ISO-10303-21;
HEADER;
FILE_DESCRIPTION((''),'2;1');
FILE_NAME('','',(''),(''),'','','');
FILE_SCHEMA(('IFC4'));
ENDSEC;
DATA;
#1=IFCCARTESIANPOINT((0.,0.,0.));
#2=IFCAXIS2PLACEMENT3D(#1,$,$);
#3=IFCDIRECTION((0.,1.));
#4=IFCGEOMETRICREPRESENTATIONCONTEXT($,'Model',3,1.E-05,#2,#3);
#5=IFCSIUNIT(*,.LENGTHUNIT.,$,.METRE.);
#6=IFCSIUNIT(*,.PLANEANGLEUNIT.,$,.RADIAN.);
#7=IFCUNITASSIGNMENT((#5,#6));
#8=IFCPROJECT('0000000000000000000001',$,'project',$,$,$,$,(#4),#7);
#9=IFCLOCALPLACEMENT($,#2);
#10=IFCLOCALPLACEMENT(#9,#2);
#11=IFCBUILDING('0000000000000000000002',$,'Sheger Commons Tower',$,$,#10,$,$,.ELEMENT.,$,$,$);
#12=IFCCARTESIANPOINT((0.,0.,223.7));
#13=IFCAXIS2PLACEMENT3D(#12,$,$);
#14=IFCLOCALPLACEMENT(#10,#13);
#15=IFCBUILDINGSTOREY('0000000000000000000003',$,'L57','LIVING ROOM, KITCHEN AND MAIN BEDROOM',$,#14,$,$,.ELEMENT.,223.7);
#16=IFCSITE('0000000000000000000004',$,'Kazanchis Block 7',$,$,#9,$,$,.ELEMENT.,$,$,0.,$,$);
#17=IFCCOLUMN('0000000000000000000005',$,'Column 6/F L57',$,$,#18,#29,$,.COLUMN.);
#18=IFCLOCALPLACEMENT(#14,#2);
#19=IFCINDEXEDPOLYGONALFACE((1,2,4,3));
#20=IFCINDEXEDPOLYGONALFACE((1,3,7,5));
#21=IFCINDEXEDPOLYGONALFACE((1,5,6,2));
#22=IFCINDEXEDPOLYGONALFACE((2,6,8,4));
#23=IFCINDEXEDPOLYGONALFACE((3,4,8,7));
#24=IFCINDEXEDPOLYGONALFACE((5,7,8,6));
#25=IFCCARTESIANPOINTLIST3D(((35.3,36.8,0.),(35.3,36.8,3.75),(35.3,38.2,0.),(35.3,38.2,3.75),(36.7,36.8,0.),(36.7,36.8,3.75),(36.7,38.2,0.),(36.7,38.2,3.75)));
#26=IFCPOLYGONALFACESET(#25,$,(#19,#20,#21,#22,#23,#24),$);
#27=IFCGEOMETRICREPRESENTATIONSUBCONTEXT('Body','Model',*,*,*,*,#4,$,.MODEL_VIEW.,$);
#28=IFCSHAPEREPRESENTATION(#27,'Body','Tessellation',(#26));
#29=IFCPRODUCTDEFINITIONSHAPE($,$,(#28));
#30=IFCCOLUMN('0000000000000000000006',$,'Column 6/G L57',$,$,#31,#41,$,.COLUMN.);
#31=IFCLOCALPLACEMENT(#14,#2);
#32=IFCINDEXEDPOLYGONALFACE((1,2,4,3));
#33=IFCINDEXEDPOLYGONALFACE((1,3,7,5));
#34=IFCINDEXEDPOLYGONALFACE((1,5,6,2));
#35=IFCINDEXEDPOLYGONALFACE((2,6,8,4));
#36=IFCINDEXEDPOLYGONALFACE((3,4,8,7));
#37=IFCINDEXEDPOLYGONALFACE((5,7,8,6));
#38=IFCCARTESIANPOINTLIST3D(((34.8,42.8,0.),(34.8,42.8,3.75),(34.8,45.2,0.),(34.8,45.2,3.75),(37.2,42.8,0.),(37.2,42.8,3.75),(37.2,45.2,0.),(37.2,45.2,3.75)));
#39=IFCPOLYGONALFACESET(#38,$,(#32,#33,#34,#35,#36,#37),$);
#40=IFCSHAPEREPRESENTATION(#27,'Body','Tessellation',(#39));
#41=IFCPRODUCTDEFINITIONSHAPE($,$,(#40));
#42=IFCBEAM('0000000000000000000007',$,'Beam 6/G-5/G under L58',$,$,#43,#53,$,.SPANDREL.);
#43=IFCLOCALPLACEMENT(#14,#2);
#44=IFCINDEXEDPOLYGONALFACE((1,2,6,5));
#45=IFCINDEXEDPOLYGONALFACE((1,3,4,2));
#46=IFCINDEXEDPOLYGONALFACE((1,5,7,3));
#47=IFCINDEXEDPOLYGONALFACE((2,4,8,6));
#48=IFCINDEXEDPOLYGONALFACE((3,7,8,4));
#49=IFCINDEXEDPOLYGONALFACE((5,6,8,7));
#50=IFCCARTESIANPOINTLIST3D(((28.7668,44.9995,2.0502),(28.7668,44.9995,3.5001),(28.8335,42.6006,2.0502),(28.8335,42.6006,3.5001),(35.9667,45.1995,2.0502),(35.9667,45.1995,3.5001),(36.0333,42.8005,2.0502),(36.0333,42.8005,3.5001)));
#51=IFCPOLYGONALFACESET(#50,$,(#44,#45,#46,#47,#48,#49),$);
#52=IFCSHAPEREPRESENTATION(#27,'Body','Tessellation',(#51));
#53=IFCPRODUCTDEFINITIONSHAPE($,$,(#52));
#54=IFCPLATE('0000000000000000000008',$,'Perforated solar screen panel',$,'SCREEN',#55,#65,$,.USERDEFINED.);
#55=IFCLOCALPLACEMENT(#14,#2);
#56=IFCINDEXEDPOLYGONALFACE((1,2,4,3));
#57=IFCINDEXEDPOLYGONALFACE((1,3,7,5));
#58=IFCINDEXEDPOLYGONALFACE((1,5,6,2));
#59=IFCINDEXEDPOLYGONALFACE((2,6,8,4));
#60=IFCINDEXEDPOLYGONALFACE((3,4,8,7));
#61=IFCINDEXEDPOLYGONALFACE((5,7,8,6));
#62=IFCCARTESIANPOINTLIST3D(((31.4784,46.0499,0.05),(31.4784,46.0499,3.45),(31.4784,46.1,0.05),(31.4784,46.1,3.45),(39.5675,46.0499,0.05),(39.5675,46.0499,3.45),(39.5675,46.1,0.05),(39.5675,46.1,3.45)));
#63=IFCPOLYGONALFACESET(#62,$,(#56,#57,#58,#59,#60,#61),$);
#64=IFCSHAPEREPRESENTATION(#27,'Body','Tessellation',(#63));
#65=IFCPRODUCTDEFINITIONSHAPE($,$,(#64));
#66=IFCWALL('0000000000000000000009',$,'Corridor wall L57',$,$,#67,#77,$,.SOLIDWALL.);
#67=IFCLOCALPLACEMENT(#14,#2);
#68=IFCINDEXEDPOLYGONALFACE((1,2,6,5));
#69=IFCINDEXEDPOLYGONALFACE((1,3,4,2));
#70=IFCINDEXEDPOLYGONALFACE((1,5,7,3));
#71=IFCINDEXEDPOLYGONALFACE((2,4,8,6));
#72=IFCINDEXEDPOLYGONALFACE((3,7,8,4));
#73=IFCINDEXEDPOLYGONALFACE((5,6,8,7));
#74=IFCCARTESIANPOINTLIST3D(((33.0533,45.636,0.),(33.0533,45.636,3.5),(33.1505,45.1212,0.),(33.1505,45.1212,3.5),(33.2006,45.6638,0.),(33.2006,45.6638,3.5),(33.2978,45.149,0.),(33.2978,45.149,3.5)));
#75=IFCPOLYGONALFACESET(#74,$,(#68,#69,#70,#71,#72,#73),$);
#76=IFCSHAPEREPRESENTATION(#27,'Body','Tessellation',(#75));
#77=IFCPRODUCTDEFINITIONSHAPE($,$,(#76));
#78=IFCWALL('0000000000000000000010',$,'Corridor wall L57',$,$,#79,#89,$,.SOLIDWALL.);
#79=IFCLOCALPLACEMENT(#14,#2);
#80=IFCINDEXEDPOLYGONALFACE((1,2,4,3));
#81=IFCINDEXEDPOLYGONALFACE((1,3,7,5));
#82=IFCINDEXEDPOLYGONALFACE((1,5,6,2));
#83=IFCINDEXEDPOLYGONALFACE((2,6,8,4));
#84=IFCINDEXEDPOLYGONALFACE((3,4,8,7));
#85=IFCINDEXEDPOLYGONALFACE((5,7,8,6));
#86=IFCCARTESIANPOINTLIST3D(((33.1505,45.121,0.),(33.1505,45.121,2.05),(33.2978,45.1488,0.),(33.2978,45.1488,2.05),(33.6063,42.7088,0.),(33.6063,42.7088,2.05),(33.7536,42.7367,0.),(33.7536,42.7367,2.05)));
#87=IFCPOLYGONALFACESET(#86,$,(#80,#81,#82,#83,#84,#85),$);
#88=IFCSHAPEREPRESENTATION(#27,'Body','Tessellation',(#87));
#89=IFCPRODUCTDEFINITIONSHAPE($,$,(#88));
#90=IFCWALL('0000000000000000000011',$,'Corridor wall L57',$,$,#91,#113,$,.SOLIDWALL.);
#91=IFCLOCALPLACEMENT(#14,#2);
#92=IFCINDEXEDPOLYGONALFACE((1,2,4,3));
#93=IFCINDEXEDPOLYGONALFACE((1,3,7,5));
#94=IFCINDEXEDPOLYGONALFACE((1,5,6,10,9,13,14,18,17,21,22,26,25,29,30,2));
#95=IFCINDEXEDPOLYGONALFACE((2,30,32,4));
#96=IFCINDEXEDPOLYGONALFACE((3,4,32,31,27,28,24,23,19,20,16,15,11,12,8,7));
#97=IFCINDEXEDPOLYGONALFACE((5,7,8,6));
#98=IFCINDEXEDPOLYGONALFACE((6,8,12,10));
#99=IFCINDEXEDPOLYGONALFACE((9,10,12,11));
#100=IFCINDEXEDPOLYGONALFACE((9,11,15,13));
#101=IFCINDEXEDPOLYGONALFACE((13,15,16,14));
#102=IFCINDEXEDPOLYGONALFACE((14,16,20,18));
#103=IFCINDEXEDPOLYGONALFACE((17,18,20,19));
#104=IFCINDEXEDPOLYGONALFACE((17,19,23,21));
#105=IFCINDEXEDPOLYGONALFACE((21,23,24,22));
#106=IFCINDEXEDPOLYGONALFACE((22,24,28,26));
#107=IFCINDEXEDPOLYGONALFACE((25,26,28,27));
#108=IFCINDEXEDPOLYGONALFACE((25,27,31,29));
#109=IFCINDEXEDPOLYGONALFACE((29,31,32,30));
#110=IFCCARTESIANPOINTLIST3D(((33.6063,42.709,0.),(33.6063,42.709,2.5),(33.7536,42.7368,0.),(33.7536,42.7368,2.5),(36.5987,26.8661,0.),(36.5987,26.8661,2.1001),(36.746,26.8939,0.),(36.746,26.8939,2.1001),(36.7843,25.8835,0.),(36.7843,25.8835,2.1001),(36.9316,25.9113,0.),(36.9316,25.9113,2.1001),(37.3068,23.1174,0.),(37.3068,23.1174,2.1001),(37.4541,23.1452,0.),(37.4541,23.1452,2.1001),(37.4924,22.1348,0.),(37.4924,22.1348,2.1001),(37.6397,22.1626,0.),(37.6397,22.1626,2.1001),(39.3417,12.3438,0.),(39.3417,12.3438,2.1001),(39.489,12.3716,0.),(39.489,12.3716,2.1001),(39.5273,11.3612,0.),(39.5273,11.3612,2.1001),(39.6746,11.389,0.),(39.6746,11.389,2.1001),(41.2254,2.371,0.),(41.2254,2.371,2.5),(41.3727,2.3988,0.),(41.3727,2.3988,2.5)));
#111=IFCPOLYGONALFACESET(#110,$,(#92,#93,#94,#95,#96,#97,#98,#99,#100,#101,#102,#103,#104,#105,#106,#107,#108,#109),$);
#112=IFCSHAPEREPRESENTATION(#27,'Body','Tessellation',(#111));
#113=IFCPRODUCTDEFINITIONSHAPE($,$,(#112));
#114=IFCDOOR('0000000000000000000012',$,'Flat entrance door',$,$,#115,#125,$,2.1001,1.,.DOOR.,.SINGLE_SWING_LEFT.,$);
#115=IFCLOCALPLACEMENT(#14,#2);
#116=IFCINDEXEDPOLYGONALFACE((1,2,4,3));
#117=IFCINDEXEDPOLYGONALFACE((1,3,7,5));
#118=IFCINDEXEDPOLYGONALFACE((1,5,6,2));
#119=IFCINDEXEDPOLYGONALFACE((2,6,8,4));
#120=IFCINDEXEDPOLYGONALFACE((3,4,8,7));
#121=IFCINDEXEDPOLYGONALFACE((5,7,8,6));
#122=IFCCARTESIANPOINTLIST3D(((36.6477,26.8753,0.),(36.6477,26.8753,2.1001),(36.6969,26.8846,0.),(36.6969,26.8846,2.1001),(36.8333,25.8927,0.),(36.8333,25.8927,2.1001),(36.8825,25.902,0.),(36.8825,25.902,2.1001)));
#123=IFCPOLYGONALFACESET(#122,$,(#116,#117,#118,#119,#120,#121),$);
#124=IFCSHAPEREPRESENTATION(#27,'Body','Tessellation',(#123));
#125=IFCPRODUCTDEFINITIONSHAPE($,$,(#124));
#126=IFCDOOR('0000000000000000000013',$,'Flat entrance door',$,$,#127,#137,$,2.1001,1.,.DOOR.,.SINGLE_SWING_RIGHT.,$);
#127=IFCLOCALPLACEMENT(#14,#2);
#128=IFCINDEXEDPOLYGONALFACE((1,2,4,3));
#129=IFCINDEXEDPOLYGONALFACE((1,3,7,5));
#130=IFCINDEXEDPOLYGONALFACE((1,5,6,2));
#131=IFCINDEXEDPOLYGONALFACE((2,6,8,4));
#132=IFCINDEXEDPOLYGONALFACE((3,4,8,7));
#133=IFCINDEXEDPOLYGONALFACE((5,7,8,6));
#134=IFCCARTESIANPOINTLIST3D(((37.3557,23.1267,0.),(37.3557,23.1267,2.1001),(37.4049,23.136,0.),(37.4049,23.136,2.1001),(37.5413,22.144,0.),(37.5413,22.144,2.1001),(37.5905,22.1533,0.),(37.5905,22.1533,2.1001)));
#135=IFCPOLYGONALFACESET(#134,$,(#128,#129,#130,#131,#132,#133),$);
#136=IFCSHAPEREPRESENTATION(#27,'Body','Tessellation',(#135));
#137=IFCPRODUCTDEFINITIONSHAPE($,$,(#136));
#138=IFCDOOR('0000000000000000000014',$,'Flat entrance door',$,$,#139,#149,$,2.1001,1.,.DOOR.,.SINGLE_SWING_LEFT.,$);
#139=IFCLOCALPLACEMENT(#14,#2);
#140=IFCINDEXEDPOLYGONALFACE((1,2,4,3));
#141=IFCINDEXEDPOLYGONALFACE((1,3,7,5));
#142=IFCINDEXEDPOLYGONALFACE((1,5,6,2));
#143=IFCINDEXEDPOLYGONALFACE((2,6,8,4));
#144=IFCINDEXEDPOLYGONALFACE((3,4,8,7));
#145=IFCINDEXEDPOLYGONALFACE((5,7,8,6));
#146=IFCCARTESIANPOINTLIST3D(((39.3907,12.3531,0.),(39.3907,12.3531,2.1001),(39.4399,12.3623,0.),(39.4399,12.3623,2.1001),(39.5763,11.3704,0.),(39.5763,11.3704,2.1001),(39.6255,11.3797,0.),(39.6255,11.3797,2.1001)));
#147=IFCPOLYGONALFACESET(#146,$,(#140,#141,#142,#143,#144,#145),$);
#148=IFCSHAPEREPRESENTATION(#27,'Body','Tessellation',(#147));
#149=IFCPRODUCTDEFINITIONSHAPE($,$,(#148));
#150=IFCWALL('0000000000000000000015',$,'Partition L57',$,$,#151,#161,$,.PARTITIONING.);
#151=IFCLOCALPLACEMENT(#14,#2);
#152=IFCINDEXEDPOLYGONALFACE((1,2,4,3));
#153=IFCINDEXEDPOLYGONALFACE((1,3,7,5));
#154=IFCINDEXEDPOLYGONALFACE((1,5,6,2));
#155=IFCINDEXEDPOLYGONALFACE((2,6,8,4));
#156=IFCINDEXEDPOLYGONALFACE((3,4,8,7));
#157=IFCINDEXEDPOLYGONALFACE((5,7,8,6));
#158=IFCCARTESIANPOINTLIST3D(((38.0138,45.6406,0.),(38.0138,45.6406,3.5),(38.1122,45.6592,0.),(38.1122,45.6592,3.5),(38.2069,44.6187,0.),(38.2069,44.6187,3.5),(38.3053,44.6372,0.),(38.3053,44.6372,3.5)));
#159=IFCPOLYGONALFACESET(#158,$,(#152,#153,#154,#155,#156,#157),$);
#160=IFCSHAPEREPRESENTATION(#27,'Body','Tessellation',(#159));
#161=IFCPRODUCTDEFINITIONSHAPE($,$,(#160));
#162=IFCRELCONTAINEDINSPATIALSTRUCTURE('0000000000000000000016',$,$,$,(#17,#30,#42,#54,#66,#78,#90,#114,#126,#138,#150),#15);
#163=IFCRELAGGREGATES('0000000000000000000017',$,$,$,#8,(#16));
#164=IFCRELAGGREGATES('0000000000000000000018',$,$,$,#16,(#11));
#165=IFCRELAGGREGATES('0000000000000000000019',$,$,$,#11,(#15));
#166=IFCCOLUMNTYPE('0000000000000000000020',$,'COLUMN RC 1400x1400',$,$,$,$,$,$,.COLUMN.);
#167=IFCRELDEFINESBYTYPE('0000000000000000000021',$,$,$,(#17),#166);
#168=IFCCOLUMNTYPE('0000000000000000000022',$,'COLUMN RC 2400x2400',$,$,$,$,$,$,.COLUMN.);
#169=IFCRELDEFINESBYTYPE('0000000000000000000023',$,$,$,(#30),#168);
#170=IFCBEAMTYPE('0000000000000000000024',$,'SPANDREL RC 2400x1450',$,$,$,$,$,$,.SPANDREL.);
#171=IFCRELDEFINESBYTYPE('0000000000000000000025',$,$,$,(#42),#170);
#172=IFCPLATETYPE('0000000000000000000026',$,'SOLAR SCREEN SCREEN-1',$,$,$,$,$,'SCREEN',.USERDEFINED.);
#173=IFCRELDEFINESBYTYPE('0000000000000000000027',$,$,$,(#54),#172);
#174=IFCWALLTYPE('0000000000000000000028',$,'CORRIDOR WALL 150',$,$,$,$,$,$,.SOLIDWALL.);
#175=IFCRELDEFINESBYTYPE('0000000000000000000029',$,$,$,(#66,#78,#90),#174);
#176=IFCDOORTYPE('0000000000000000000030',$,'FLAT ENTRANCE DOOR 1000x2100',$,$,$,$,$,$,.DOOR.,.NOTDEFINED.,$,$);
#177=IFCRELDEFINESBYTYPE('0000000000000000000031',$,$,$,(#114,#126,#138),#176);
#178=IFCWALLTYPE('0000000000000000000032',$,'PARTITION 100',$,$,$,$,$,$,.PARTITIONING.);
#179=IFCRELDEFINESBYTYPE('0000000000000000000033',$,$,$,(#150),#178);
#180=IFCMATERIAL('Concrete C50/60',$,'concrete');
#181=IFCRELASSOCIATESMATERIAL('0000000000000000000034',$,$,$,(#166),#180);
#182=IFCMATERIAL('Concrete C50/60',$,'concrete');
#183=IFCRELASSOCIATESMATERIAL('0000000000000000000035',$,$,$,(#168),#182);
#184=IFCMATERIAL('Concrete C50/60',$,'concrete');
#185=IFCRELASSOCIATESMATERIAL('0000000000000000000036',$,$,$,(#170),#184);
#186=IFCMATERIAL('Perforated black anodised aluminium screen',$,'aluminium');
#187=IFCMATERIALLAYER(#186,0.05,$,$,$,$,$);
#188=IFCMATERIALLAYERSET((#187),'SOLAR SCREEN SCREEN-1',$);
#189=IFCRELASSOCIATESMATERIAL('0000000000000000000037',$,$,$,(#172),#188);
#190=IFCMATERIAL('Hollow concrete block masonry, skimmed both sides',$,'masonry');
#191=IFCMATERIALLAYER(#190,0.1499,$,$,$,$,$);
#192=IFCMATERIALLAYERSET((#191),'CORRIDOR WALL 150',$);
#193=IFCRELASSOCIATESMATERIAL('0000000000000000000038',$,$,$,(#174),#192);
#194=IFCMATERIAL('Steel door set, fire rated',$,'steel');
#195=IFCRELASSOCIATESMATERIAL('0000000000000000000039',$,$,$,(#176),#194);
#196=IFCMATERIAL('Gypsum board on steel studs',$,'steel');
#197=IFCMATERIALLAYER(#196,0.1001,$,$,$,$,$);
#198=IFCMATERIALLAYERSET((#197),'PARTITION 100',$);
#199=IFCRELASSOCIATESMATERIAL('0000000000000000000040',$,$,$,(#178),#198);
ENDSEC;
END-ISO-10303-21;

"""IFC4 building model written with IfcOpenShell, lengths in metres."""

from ifc_helpers import new_model, si_unit, direction, frame, frame_2d, origin, origin_2d, place, context, subcontext, project, spatial, rectangle, extrude, material, layer, layer_set, material_profile, profile_set, type_object, element, fill, save


model = new_model("IFC4")

# Units and contexts
model_context = context("Model", 3, precision=1e-05, world=origin(), true_north=direction((0.0, 1.0)))
body_context = subcontext(model_context, "Body", "Model", "MODEL_VIEW")
ifc_project = project(units=[si_unit("LENGTHUNIT", "METRE"), si_unit("PLANEANGLEUNIT", "RADIAN")], contexts=[model_context])

# Site, building, storey
site_placement = place(None, origin())
site = spatial("IfcSite", under=ifc_project, at=site_placement, Name="Kazanchis Block 7", CompositionType="ELEMENT", RefElevation=0.0)
building_placement = place(site_placement, origin())
building = spatial("IfcBuilding", under=site, at=building_placement, Name="Sheger Commons Tower", CompositionType="ELEMENT")
storey_placement = place(building_placement, frame((0.0, 0.0, 223.7)))
storey = spatial("IfcBuildingStorey", under=building, at=storey_placement, Name="L57", Description="LIVING ROOM, KITCHEN AND MAIN BEDROOM", CompositionType="ELEMENT", Elevation=223.7)

# Columns
ifc_material_1 = material(Name="Concrete C50/60", Category="concrete")
ifc_material_profile_1 = material_profile(ifc_material_1, rectangle(XDim=1.3999, YDim=1.3999, at=origin_2d()), Name="RC 1400x1400")
ifc_profile_set_1 = profile_set([ifc_material_profile_1], Name="Concrete C50/60")
column_type_1 = type_object("IfcColumnType", Name="COLUMN RC 1400x1400", PredefinedType="COLUMN", material=ifc_profile_set_1)
column_1_placement = place(storey_placement, frame((36.0, 37.5, 0.0), z_axis=(0.0, 0.0, 1.0), x_axis=(1.0, 0.0, 0.0)))
element("IfcColumn", 1, at=column_1_placement, inside=storey, type_object=column_type_1, Name="Column 6/F L57", PredefinedType="COLUMN", context=body_context, shape_type="SweptSolid", body=[
    extrude(rectangle(XDim=1.3999, YDim=1.3999, at=origin_2d()), origin(), (0.0, 0.0, 1.0), 3.75),
])
ifc_material_2 = material(Name="Concrete C50/60", Category="concrete")
ifc_material_profile_2 = material_profile(ifc_material_2, rectangle(XDim=2.3999, YDim=2.3999, at=origin_2d()), Name="RC 2400x2400")
ifc_profile_set_2 = profile_set([ifc_material_profile_2], Name="Concrete C50/60")
column_type_2 = type_object("IfcColumnType", Name="COLUMN RC 2400x2400", PredefinedType="COLUMN", material=ifc_profile_set_2)
column_2_placement = place(storey_placement, frame((36.0, 44.0, 0.0), z_axis=(0.0, 0.0, 1.0), x_axis=(1.0, 0.0, 0.0)))
element("IfcColumn", 2, at=column_2_placement, inside=storey, type_object=column_type_2, Name="Column 6/G L57", PredefinedType="COLUMN", context=body_context, shape_type="SweptSolid", body=[
    extrude(rectangle(XDim=2.3999, YDim=2.3999, at=origin_2d()), origin(), (0.0, 0.0, 1.0), 3.75),
])

# Beam
ifc_material_3 = material(Name="Concrete C50/60", Category="concrete")
ifc_material_profile_3 = material_profile(ifc_material_3, rectangle(XDim=2.3999, YDim=1.45, at=origin_2d()), Name="RC 2400x1450")
ifc_profile_set_3 = profile_set([ifc_material_profile_3], Name="Concrete C50/60")
beam_type = type_object("IfcBeamType", Name="SPANDREL RC 2400x1450", PredefinedType="SPANDREL", material=ifc_profile_set_3)
beam_placement = place(storey_placement, frame((36.0, 44.0, 2.7751), z_axis=(-0.999615, -0.02776, 0.0), x_axis=(0.02776, -0.999615, 0.0)))
element("IfcBeam", 3, at=beam_placement, inside=storey, type_object=beam_type, Name="Beam 6/G-5/G under L58", PredefinedType="SPANDREL", context=body_context, shape_type="SweptSolid", body=[
    extrude(rectangle(XDim=2.3999, YDim=1.45, at=origin_2d()), origin(), (0.0, 0.0, 1.0), 7.2026),
])

# Plate
ifc_material_4 = material(Name="Perforated black anodised aluminium screen", Category="aluminium")
ifc_layer_1 = layer(ifc_material_4, 0.05)
ifc_layer_set_1 = layer_set([ifc_layer_1], Name="SOLAR SCREEN SCREEN-1")
plate_type = type_object("IfcPlateType", Name="SOLAR SCREEN SCREEN-1", ElementType="SCREEN", PredefinedType="USERDEFINED", material=ifc_layer_set_1)
plate_placement = place(storey_placement, frame((35.5229, 46.075, 0.05), z_axis=(0.0, 0.0, 1.0), x_axis=(-1.0, 0.0, 0.0)))
element("IfcPlate", 4, at=plate_placement, inside=storey, type_object=plate_type, Name="Perforated solar screen panel", ObjectType="SCREEN", PredefinedType="USERDEFINED", context=body_context, shape_type="SweptSolid", body=[
    extrude(rectangle(XDim=8.0891, YDim=0.05, at=origin_2d()), origin(), (0.0, 0.0, 1.0), 3.3999),
])

# Walls
ifc_material_5 = material(Name="Hollow concrete block masonry, skimmed both sides", Category="masonry")
ifc_layer_2 = layer(ifc_material_5, 0.1499)
ifc_layer_set_2 = layer_set([ifc_layer_2], Name="CORRIDOR WALL 150")
wall_type_1 = type_object("IfcWallType", Name="CORRIDOR WALL 150", PredefinedType="SOLIDWALL", material=ifc_layer_set_2)
wall_1_placement = place(storey_placement, frame((33.127, 45.6499, 0.0), z_axis=(0.0, 0.0, 1.0), x_axis=(0.185442, -0.982655, 0.0)))
element("IfcWall", 5, at=wall_1_placement, inside=storey, type_object=wall_type_1, Name="Corridor wall L57", PredefinedType="SOLIDWALL", context=body_context, shape_type="SweptSolid", body=[
    extrude(rectangle(XDim=0.5239, YDim=0.1499, at=frame_2d((0.262, 0.0))), origin(), (0.0, 0.0, 1.0), 3.5),
])
wall_2_placement = place(storey_placement, frame((33.2241, 45.135, 0.0), z_axis=(0.0, 0.0, 1.0), x_axis=(0.185681, -0.98261, 0.0)))
element("IfcWall", 6, at=wall_2_placement, inside=storey, type_object=wall_type_1, Name="Corridor wall L57", PredefinedType="SOLIDWALL", context=body_context, shape_type="SweptSolid", body=[
    extrude(rectangle(XDim=2.4548, YDim=0.1499, at=frame_2d((1.2275, 0.0))), origin(), (0.0, 0.0, 1.0), 2.05),
])

# Wall, openings, doors
wall_3_placement = place(storey_placement, frame((33.6799, 42.7229, 0.0), z_axis=(0.0, 0.0, 1.0), x_axis=(0.185601, -0.982625, 0.0)))
wall_3 = element("IfcWall", 7, at=wall_3_placement, inside=storey, type_object=wall_type_1, Name="Corridor wall L57", PredefinedType="SOLIDWALL", context=body_context, shape_type="SweptSolid", body=[
    extrude(rectangle(XDim=41.0513, YDim=0.1499, at=frame_2d((20.5256, 0.0))), origin(), (0.0, 0.0, 1.0), 2.5),
])
opening_1_placement = place(wall_3_placement, frame((16.123, 0.0, 0.0)))
opening_1 = element("IfcOpeningElement", 8, at=opening_1_placement, cuts=wall_3, PredefinedType="OPENING", context=body_context, shape_type="SweptSolid", body=[
    extrude(rectangle(XDim=1.0, YDim=2.1001, at=frame_2d((0.5, 1.05))), frame((0.0, 0.085, 0.0), z_axis=(0.0, -1.0, 0.0), x_axis=(1.0, 0.0, 0.0)), (0.0, 0.0, 1.0), 0.1699),
])
opening_2_placement = place(wall_3_placement, frame((19.938, 0.0, 0.0)))
opening_2 = element("IfcOpeningElement", 9, at=opening_2_placement, cuts=wall_3, PredefinedType="OPENING", context=body_context, shape_type="SweptSolid", body=[
    extrude(rectangle(XDim=1.0, YDim=2.1001, at=frame_2d((0.5, 1.05))), frame((0.0, 0.085, 0.0), z_axis=(0.0, -1.0, 0.0), x_axis=(1.0, 0.0, 0.0)), (0.0, 0.0, 1.0), 0.1699),
])
opening_3_placement = place(wall_3_placement, frame((30.9021, 0.0, 0.0)))
opening_3 = element("IfcOpeningElement", 10, at=opening_3_placement, cuts=wall_3, PredefinedType="OPENING", context=body_context, shape_type="SweptSolid", body=[
    extrude(rectangle(XDim=1.0, YDim=2.1001, at=frame_2d((0.5, 1.05))), frame((0.0, 0.085, 0.0), z_axis=(0.0, -1.0, 0.0), x_axis=(1.0, 0.0, 0.0)), (0.0, 0.0, 1.0), 0.1699),
])
ifc_material_6 = material(Name="Steel door set, fire rated", Category="steel")
door_type_1 = type_object("IfcDoorType", Name="FLAT ENTRANCE DOOR 1000x2100", OperationType="NOTDEFINED", PredefinedType="DOOR", material=ifc_material_6)
door_1_placement = place(opening_1_placement, origin())
door_1 = element("IfcDoor", 11, at=door_1_placement, inside=storey, type_object=door_type_1, Name="Flat entrance door", OperationType="SINGLE_SWING_LEFT", OverallHeight=2.1001, OverallWidth=1.0, PredefinedType="DOOR", context=body_context, shape_type="SweptSolid", body=[
    extrude(rectangle(XDim=1.0, YDim=2.1001, at=frame_2d((0.5, 1.05))), frame((0.0, 0.0249, 0.0), z_axis=(0.0, -1.0, 0.0), x_axis=(1.0, 0.0, 0.0)), (0.0, 0.0, 1.0), 0.05),
])
fill(opening_1, door_1)
door_2_placement = place(opening_2_placement, origin())
door_2 = element("IfcDoor", 12, at=door_2_placement, inside=storey, type_object=door_type_1, Name="Flat entrance door", OperationType="SINGLE_SWING_RIGHT", OverallHeight=2.1001, OverallWidth=1.0, PredefinedType="DOOR", context=body_context, shape_type="SweptSolid", body=[
    extrude(rectangle(XDim=1.0, YDim=2.1001, at=frame_2d((0.5, 1.05))), frame((0.0, 0.0249, 0.0), z_axis=(0.0, -1.0, 0.0), x_axis=(1.0, 0.0, 0.0)), (0.0, 0.0, 1.0), 0.05),
])
fill(opening_2, door_2)
door_3_placement = place(opening_3_placement, origin())
door_3 = element("IfcDoor", 13, at=door_3_placement, inside=storey, type_object=door_type_1, Name="Flat entrance door", OperationType="SINGLE_SWING_LEFT", OverallHeight=2.1001, OverallWidth=1.0, PredefinedType="DOOR", context=body_context, shape_type="SweptSolid", body=[
    extrude(rectangle(XDim=1.0, YDim=2.1001, at=frame_2d((0.5, 1.05))), frame((0.0, 0.0249, 0.0), z_axis=(0.0, -1.0, 0.0), x_axis=(1.0, 0.0, 0.0)), (0.0, 0.0, 1.0), 0.05),
])
fill(opening_3, door_3)

# Wall
ifc_material_7 = material(Name="Gypsum board on steel studs", Category="steel")
ifc_layer_3 = layer(ifc_material_7, 0.1001)
ifc_layer_set_3 = layer_set([ifc_layer_3], Name="PARTITION 100")
wall_type_2 = type_object("IfcWallType", Name="PARTITION 100", PredefinedType="PARTITIONING", material=ifc_layer_set_3)
wall_4_placement = place(storey_placement, frame((38.063, 45.6499, 0.0), z_axis=(0.0, 0.0, 1.0), x_axis=(0.185677, -0.982611, 0.0)))
element("IfcWall", 14, at=wall_4_placement, inside=storey, type_object=wall_type_2, Name="Partition L57", PredefinedType="PARTITIONING", context=body_context, shape_type="SweptSolid", body=[
    extrude(rectangle(XDim=1.04, YDim=0.1001, at=frame_2d((0.52, 0.0))), origin(), (0.0, 0.0, 1.0), 3.5),
])

save(model, "model.ifc")
